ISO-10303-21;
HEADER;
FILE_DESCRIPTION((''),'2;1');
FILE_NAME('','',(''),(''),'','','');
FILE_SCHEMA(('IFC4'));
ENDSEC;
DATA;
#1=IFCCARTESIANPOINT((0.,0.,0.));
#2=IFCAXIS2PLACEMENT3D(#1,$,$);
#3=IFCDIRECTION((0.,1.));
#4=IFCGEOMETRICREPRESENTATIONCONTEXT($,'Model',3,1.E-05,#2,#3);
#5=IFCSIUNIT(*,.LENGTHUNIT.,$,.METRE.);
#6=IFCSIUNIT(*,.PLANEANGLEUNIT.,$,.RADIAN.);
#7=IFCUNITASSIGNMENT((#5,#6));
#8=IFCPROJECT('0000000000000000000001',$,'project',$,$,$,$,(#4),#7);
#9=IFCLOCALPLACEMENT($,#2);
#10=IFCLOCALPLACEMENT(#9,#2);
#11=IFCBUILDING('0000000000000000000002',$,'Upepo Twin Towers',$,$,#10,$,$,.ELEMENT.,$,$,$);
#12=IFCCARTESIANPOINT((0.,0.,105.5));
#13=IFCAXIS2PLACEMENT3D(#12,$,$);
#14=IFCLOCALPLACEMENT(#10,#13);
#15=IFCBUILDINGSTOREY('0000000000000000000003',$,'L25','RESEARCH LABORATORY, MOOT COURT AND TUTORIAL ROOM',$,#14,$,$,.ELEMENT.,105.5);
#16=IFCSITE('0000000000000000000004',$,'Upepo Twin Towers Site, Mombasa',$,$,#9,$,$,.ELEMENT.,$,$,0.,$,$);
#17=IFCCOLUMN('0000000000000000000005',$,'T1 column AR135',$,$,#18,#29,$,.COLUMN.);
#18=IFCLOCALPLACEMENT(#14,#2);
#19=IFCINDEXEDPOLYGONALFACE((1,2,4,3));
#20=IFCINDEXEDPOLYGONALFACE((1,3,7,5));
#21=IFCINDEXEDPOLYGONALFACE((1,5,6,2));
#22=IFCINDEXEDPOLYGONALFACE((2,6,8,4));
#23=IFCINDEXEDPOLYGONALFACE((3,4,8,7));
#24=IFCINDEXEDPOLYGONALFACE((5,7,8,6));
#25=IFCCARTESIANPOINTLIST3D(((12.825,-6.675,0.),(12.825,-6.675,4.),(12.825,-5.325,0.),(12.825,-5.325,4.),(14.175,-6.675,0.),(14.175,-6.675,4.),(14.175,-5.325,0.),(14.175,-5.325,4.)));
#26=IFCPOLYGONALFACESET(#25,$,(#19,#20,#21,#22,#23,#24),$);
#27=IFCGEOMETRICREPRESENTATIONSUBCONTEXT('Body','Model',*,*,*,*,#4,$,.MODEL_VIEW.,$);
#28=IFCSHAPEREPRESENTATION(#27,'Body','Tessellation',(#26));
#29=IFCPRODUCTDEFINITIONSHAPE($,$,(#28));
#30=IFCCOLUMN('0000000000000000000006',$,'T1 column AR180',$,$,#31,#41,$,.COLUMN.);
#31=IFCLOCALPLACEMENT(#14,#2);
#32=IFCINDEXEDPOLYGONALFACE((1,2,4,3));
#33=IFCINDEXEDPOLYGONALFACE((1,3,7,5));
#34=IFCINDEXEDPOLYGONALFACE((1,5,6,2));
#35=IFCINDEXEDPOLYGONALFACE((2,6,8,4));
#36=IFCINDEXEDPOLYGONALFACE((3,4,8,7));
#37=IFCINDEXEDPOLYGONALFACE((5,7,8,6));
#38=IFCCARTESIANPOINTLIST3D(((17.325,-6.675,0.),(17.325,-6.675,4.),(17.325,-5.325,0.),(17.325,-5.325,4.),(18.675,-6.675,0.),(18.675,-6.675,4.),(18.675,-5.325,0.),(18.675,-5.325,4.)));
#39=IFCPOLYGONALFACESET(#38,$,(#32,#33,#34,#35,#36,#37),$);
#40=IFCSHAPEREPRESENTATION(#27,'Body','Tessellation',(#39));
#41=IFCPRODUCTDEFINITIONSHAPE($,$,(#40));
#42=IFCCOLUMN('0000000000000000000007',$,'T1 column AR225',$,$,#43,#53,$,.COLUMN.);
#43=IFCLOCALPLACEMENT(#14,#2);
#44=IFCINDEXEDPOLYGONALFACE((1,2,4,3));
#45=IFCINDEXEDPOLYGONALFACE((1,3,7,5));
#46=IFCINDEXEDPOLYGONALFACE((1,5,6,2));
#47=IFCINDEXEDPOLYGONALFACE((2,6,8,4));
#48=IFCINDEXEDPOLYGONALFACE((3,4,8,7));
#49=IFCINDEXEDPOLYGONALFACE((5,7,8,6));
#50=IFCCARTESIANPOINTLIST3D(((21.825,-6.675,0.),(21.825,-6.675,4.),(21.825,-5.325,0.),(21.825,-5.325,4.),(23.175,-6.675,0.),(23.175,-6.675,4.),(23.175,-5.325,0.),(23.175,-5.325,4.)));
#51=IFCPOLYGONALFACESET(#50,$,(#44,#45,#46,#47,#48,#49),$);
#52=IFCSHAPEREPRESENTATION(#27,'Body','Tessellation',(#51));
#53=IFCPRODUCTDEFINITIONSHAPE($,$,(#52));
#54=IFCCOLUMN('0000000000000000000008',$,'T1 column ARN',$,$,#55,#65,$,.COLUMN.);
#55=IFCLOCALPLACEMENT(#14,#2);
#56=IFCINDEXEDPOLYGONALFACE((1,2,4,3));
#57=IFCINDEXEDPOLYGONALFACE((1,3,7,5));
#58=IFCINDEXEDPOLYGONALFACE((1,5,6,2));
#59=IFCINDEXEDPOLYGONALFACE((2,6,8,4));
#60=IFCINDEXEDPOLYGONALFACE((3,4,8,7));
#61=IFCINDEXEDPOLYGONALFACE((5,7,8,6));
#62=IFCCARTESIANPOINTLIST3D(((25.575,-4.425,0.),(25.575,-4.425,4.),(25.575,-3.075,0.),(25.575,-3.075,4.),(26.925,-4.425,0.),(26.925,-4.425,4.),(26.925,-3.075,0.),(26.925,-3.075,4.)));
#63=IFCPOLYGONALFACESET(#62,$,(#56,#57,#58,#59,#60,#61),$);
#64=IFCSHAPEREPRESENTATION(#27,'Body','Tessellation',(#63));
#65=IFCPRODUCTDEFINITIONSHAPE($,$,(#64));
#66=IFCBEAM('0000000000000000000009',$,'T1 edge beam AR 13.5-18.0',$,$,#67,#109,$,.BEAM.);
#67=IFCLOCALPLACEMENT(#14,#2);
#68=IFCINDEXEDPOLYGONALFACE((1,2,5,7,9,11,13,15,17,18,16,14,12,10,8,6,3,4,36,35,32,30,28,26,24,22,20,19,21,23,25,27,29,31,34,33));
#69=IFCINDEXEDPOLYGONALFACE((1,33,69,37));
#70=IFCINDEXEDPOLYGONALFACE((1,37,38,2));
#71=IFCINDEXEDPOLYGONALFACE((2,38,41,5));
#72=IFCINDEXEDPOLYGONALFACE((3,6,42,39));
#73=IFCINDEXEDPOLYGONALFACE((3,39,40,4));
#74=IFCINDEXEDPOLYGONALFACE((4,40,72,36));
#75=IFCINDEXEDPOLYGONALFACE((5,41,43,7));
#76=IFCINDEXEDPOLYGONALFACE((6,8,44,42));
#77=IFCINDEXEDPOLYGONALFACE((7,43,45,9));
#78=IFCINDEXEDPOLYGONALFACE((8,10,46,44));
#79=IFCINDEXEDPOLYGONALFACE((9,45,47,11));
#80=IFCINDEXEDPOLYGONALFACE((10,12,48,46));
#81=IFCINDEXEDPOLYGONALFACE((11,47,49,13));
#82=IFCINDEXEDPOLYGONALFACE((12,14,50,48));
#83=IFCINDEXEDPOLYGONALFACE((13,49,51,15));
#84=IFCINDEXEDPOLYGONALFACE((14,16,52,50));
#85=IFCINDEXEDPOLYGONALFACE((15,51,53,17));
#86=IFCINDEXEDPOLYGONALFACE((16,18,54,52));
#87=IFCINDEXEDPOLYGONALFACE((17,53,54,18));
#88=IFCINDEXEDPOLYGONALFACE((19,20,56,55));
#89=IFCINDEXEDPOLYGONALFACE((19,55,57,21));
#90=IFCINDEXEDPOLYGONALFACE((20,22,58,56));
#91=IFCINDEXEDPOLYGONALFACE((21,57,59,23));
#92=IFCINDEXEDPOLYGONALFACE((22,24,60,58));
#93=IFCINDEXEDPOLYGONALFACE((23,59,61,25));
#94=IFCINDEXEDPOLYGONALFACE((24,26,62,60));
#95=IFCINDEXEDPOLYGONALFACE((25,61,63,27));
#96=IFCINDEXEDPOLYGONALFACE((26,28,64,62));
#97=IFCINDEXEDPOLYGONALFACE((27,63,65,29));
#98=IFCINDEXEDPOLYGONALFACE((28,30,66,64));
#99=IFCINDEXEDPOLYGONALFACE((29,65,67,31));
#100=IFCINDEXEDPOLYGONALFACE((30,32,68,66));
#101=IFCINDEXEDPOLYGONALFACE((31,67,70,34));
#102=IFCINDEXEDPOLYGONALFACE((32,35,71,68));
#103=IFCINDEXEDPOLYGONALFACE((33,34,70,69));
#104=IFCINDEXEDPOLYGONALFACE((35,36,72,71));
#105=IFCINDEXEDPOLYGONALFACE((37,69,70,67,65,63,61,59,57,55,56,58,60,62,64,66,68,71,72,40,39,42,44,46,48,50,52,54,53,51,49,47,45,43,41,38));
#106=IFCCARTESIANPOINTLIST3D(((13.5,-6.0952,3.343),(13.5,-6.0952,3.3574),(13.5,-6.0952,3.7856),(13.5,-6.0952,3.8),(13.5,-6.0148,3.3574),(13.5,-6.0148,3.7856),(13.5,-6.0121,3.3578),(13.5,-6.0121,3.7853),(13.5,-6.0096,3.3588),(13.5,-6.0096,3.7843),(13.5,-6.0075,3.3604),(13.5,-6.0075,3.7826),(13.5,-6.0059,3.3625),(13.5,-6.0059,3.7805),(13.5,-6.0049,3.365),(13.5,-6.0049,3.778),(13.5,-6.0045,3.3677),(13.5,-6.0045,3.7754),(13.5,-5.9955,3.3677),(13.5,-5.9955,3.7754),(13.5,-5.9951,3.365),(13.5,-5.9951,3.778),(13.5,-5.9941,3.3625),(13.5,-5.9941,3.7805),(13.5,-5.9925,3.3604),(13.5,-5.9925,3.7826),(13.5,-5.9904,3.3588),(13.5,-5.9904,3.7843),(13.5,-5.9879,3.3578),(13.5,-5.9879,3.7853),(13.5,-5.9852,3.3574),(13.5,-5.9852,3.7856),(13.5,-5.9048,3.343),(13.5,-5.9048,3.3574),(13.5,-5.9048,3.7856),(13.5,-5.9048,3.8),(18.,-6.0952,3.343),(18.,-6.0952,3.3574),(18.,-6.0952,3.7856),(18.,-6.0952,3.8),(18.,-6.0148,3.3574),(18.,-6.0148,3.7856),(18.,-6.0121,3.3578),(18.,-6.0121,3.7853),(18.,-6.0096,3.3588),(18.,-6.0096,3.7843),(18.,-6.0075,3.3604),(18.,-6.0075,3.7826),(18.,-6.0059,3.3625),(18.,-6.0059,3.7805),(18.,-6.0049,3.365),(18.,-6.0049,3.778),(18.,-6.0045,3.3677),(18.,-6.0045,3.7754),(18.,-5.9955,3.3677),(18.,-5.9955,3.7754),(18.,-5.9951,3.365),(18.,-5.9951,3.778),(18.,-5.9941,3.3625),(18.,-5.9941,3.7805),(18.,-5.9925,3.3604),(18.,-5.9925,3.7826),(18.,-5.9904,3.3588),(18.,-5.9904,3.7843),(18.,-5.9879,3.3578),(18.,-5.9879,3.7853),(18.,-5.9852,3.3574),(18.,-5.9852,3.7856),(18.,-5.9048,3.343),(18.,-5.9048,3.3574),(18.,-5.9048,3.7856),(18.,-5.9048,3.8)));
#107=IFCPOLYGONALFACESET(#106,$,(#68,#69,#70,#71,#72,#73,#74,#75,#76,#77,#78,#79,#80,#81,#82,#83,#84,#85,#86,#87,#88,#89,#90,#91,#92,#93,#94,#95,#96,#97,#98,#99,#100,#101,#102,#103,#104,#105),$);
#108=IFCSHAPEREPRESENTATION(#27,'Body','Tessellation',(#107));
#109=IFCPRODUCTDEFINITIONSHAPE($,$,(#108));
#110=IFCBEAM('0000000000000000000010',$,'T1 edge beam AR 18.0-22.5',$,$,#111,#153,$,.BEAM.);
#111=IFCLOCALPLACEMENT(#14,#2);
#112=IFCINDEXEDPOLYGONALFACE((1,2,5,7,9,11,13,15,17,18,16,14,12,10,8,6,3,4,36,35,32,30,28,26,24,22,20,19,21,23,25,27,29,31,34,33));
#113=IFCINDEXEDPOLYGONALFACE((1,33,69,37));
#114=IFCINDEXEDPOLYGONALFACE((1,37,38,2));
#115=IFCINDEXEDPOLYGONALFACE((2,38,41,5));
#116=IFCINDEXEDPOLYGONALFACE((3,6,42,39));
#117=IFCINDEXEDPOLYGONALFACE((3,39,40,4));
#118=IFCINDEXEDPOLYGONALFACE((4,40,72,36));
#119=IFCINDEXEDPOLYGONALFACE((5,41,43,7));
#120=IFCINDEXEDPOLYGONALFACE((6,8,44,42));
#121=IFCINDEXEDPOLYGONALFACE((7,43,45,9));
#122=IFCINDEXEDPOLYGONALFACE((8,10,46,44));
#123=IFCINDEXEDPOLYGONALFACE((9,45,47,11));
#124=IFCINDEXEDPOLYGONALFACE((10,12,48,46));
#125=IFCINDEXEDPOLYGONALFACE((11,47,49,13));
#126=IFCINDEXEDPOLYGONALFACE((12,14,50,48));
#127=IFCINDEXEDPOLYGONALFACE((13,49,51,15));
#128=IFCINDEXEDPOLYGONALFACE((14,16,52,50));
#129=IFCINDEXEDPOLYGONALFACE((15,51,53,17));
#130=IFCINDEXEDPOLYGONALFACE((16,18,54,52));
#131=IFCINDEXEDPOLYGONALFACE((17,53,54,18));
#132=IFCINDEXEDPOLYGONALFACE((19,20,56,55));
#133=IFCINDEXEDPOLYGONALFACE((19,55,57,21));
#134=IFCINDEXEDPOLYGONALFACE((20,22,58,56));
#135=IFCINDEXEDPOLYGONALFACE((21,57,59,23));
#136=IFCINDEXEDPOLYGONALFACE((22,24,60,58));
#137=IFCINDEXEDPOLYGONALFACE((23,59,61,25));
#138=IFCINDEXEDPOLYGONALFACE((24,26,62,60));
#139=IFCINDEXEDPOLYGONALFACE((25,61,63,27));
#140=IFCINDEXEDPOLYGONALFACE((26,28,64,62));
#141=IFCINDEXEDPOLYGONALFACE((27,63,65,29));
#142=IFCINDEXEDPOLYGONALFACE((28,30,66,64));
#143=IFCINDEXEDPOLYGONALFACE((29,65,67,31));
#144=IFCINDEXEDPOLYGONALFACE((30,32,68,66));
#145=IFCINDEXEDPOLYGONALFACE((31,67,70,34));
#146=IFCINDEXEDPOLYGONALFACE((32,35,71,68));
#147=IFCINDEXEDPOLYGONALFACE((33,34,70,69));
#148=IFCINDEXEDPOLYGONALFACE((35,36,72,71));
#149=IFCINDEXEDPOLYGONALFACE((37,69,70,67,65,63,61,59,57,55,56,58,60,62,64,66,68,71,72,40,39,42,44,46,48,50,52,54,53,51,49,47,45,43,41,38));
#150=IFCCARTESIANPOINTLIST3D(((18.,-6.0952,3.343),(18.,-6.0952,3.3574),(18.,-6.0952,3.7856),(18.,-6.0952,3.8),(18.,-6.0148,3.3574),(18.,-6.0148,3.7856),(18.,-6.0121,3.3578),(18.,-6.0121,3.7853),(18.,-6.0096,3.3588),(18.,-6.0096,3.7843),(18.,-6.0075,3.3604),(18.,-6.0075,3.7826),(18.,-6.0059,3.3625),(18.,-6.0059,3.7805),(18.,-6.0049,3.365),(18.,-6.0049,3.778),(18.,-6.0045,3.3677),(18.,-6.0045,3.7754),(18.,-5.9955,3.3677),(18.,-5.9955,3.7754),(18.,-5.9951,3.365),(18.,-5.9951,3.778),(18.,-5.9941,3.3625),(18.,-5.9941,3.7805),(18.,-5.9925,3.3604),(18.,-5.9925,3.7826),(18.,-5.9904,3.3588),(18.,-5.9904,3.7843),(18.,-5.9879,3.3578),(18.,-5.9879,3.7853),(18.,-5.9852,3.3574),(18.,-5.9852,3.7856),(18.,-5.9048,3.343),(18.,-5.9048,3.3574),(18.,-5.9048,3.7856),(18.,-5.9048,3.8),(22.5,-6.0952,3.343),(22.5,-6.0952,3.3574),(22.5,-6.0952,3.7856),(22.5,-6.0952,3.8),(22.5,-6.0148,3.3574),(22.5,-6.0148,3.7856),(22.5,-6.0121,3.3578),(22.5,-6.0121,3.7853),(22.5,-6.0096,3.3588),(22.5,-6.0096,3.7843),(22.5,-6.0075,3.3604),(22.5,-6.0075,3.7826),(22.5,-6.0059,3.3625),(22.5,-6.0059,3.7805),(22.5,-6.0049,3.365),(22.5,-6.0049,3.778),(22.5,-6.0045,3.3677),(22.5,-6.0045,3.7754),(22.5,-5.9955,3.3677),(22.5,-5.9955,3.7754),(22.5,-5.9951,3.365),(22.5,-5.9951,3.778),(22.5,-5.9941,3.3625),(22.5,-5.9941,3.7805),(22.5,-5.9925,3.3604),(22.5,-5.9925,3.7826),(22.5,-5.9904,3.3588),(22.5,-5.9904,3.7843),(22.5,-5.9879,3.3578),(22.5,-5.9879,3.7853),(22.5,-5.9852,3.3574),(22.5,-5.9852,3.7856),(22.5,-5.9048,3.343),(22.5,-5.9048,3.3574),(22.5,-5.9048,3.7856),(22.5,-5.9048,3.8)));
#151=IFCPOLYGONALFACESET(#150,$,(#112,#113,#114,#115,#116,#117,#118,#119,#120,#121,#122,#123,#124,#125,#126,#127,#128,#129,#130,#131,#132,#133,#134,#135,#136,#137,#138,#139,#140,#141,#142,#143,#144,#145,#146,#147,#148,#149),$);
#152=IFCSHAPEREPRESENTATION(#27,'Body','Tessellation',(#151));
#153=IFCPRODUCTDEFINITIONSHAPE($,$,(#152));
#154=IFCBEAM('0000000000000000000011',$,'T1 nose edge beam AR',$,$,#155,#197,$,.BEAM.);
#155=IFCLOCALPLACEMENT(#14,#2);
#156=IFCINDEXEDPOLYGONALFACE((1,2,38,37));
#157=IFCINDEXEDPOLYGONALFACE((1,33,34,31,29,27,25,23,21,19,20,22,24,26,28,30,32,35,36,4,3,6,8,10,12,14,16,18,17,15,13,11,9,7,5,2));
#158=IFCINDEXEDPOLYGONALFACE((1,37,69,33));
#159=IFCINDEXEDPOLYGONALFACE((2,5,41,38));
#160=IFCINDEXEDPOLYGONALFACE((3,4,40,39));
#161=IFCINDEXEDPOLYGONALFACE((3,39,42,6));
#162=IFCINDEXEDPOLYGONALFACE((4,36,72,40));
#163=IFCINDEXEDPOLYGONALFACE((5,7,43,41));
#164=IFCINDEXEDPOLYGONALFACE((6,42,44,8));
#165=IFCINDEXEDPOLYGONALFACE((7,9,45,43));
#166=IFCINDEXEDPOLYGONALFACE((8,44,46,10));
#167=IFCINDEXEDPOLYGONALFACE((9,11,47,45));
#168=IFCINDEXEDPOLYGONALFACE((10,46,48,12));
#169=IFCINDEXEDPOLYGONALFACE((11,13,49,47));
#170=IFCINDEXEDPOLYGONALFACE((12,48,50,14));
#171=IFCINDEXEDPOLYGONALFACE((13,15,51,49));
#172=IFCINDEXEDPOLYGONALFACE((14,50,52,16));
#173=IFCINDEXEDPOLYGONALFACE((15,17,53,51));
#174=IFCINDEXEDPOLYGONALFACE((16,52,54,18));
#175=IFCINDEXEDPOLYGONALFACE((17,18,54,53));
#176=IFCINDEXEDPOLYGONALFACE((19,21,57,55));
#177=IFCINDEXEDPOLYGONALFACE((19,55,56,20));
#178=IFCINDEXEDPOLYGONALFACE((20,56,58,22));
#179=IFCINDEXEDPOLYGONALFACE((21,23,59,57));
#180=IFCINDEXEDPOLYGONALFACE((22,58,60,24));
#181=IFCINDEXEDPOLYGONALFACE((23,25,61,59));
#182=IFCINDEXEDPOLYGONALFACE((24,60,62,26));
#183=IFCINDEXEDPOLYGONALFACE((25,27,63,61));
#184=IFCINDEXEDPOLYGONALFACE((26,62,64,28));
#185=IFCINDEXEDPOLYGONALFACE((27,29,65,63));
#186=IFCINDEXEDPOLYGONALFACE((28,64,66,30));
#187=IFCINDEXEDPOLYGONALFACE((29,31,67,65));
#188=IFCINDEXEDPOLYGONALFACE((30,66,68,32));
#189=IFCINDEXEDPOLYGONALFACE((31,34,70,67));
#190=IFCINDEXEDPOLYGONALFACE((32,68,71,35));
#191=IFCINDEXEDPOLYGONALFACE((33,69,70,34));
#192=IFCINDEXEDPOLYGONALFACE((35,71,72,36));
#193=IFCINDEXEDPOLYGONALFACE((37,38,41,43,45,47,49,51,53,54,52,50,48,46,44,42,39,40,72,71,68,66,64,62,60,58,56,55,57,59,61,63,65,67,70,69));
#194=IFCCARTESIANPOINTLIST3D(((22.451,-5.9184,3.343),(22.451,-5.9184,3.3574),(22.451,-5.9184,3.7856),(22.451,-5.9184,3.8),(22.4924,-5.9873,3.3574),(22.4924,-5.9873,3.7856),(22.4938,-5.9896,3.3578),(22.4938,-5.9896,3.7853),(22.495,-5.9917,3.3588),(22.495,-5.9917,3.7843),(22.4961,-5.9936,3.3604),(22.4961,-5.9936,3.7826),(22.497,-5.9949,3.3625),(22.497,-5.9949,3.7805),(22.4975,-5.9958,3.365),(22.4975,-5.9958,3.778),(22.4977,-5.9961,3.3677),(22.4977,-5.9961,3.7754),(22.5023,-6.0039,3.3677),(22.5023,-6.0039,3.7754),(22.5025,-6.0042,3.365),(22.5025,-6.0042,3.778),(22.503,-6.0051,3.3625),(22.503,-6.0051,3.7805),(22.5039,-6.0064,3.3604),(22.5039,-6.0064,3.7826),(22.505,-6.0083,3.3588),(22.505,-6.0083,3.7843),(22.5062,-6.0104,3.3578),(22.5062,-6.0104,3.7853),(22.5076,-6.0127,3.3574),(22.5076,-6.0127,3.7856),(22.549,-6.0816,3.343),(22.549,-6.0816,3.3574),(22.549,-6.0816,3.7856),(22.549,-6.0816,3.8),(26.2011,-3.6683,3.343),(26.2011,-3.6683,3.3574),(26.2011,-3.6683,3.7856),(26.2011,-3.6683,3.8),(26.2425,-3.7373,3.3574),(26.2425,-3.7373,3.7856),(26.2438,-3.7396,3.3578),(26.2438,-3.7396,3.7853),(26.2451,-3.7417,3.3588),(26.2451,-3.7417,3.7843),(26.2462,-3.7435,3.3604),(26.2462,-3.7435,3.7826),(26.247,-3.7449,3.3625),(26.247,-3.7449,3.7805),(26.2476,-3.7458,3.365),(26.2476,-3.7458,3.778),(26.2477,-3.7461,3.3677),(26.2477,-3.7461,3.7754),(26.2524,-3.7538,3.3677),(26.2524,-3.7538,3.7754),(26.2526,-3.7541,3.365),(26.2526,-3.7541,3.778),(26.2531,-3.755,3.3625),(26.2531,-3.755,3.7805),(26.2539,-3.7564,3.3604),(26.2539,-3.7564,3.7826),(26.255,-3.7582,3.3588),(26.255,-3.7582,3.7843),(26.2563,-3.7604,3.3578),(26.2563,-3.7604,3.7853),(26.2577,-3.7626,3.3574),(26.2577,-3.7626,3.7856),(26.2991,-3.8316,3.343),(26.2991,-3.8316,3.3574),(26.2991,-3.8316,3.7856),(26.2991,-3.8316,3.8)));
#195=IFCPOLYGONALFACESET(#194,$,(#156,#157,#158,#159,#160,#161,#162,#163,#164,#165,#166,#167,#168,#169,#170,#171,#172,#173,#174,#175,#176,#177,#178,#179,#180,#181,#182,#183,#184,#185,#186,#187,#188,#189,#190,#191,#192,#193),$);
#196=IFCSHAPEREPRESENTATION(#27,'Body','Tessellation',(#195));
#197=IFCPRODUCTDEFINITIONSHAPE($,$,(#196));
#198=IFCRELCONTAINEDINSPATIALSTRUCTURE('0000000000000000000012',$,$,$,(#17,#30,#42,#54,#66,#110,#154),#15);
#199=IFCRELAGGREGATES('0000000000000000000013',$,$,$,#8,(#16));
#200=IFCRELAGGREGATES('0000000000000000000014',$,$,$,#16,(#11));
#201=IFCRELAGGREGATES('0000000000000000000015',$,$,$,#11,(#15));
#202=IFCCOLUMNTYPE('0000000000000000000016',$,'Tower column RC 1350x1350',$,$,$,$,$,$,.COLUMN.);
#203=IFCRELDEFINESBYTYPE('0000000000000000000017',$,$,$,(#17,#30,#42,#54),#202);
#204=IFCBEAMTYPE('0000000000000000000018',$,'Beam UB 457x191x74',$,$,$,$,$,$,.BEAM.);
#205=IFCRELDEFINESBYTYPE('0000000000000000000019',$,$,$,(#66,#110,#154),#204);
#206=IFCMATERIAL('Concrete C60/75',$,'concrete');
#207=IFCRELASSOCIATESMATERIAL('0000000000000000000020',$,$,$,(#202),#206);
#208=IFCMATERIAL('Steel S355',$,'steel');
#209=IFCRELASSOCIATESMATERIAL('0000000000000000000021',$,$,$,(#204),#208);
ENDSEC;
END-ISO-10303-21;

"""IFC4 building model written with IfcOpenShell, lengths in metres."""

from ifc_helpers import new_model, si_unit, direction, frame, origin, origin_2d, place, context, subcontext, project, spatial, rectangle, i_section, extrude, material, material_profile, profile_set, type_object, element, save


model = new_model("IFC4")

# Units and contexts
model_context = context("Model", 3, precision=1e-05, world=origin(), true_north=direction((0.0, 1.0)))
body_context = subcontext(model_context, "Body", "Model", "MODEL_VIEW")
ifc_project = project(units=[si_unit("LENGTHUNIT", "METRE"), si_unit("PLANEANGLEUNIT", "RADIAN")], contexts=[model_context])

# Site, building, storey
site_placement = place(None, origin())
site = spatial("IfcSite", under=ifc_project, at=site_placement, Name="Upepo Twin Towers Site, Mombasa", CompositionType="ELEMENT", RefElevation=0.0)
building_placement = place(site_placement, origin())
building = spatial("IfcBuilding", under=site, at=building_placement, Name="Upepo Twin Towers", CompositionType="ELEMENT")
storey_placement = place(building_placement, frame((0.0, 0.0, 105.5)))
storey = spatial("IfcBuildingStorey", under=building, at=storey_placement, Name="L25", Description="RESEARCH LABORATORY, MOOT COURT AND TUTORIAL ROOM", CompositionType="ELEMENT", Elevation=105.5)

# Columns
ifc_material_1 = material(Name="Concrete C60/75", Category="concrete")
ifc_material_profile_1 = material_profile(ifc_material_1, rectangle(XDim=1.3501, YDim=1.3501, at=origin_2d()), Name="RC 1350x1350")
ifc_profile_set_1 = profile_set([ifc_material_profile_1], Name="Concrete C60/75")
column_type = type_object("IfcColumnType", Name="Tower column RC 1350x1350", PredefinedType="COLUMN", material=ifc_profile_set_1)
for number, where, z_axis, x_axis, name in (
    (1, (13.5, -6.0, 0.0), (0.0, 0.0, 1.0), (1.0, 0.0, 0.0), "T1 column AR135"),
    (2, (18.0, -6.0, 0.0), (0.0, 0.0, 1.0), (1.0, 0.0, 0.0), "T1 column AR180"),
    (3, (22.5, -6.0, 0.0), (0.0, 0.0, 1.0), (1.0, 0.0, 0.0), "T1 column AR225"),
    (4, (26.25, -3.75, 0.0), (0.0, 0.0, 1.0), (1.0, 0.0, 0.0), "T1 column ARN"),
):
    element("IfcColumn", number, at=place(storey_placement, frame(where, z_axis=z_axis, x_axis=x_axis)), inside=storey, type_object=column_type, Name=name, PredefinedType="COLUMN", context=body_context, shape_type="SweptSolid", body=[
        extrude(rectangle(XDim=1.3501, YDim=1.3501, at=origin_2d()), origin(), (0.0, 0.0, 1.0), 4.0),
    ])

# Beams
ifc_material_2 = material(Name="Steel S355", Category="steel")
ifc_material_profile_2 = material_profile(ifc_material_2, i_section(OverallWidth=0.1904, OverallDepth=0.457, WebThickness=0.009, FlangeThickness=0.0144, FilletRadius=0.0103, at=origin_2d()), Name="UB 457x191x74")
ifc_profile_set_2 = profile_set([ifc_material_profile_2], Name="Steel S355")
beam_type_1 = type_object("IfcBeamType", Name="Beam UB 457x191x74", PredefinedType="BEAM", material=ifc_profile_set_2)
for number, where, z_axis, x_axis, name in (
    (5, (13.5, -6.0, 3.5715), (1.0, 0.0, 0.0), (0.0, 1.0, 0.0), "T1 edge beam AR 13.5-18.0"),
    (6, (18.0, -6.0, 3.5715), (1.0, 0.0, 0.0), (0.0, 1.0, 0.0), "T1 edge beam AR 18.0-22.5"),
):
    element("IfcBeam", number, at=place(storey_placement, frame(where, z_axis=z_axis, x_axis=x_axis)), inside=storey, type_object=beam_type_1, Name=name, PredefinedType="BEAM", context=body_context, shape_type="SweptSolid", body=[
        extrude(i_section(OverallWidth=0.1904, OverallDepth=0.457, WebThickness=0.009, FlangeThickness=0.0144, FilletRadius=0.0103, at=origin_2d()), origin(), (0.0, 0.0, 1.0), 4.5),
    ])
beam_1_placement = place(storey_placement, frame((22.5, -6.0, 3.5715), z_axis=(0.857493, 0.514496, 0.0), x_axis=(-0.514496, 0.857493, 0.0)))
element("IfcBeam", 7, at=beam_1_placement, inside=storey, type_object=beam_type_1, Name="T1 nose edge beam AR", PredefinedType="BEAM", context=body_context, shape_type="SweptSolid", body=[
    extrude(i_section(OverallWidth=0.1904, OverallDepth=0.457, WebThickness=0.009, FlangeThickness=0.0144, FilletRadius=0.0103, at=origin_2d()), origin(), (0.0, 0.0, 1.0), 4.3733),
])

save(model, "model.ifc")
